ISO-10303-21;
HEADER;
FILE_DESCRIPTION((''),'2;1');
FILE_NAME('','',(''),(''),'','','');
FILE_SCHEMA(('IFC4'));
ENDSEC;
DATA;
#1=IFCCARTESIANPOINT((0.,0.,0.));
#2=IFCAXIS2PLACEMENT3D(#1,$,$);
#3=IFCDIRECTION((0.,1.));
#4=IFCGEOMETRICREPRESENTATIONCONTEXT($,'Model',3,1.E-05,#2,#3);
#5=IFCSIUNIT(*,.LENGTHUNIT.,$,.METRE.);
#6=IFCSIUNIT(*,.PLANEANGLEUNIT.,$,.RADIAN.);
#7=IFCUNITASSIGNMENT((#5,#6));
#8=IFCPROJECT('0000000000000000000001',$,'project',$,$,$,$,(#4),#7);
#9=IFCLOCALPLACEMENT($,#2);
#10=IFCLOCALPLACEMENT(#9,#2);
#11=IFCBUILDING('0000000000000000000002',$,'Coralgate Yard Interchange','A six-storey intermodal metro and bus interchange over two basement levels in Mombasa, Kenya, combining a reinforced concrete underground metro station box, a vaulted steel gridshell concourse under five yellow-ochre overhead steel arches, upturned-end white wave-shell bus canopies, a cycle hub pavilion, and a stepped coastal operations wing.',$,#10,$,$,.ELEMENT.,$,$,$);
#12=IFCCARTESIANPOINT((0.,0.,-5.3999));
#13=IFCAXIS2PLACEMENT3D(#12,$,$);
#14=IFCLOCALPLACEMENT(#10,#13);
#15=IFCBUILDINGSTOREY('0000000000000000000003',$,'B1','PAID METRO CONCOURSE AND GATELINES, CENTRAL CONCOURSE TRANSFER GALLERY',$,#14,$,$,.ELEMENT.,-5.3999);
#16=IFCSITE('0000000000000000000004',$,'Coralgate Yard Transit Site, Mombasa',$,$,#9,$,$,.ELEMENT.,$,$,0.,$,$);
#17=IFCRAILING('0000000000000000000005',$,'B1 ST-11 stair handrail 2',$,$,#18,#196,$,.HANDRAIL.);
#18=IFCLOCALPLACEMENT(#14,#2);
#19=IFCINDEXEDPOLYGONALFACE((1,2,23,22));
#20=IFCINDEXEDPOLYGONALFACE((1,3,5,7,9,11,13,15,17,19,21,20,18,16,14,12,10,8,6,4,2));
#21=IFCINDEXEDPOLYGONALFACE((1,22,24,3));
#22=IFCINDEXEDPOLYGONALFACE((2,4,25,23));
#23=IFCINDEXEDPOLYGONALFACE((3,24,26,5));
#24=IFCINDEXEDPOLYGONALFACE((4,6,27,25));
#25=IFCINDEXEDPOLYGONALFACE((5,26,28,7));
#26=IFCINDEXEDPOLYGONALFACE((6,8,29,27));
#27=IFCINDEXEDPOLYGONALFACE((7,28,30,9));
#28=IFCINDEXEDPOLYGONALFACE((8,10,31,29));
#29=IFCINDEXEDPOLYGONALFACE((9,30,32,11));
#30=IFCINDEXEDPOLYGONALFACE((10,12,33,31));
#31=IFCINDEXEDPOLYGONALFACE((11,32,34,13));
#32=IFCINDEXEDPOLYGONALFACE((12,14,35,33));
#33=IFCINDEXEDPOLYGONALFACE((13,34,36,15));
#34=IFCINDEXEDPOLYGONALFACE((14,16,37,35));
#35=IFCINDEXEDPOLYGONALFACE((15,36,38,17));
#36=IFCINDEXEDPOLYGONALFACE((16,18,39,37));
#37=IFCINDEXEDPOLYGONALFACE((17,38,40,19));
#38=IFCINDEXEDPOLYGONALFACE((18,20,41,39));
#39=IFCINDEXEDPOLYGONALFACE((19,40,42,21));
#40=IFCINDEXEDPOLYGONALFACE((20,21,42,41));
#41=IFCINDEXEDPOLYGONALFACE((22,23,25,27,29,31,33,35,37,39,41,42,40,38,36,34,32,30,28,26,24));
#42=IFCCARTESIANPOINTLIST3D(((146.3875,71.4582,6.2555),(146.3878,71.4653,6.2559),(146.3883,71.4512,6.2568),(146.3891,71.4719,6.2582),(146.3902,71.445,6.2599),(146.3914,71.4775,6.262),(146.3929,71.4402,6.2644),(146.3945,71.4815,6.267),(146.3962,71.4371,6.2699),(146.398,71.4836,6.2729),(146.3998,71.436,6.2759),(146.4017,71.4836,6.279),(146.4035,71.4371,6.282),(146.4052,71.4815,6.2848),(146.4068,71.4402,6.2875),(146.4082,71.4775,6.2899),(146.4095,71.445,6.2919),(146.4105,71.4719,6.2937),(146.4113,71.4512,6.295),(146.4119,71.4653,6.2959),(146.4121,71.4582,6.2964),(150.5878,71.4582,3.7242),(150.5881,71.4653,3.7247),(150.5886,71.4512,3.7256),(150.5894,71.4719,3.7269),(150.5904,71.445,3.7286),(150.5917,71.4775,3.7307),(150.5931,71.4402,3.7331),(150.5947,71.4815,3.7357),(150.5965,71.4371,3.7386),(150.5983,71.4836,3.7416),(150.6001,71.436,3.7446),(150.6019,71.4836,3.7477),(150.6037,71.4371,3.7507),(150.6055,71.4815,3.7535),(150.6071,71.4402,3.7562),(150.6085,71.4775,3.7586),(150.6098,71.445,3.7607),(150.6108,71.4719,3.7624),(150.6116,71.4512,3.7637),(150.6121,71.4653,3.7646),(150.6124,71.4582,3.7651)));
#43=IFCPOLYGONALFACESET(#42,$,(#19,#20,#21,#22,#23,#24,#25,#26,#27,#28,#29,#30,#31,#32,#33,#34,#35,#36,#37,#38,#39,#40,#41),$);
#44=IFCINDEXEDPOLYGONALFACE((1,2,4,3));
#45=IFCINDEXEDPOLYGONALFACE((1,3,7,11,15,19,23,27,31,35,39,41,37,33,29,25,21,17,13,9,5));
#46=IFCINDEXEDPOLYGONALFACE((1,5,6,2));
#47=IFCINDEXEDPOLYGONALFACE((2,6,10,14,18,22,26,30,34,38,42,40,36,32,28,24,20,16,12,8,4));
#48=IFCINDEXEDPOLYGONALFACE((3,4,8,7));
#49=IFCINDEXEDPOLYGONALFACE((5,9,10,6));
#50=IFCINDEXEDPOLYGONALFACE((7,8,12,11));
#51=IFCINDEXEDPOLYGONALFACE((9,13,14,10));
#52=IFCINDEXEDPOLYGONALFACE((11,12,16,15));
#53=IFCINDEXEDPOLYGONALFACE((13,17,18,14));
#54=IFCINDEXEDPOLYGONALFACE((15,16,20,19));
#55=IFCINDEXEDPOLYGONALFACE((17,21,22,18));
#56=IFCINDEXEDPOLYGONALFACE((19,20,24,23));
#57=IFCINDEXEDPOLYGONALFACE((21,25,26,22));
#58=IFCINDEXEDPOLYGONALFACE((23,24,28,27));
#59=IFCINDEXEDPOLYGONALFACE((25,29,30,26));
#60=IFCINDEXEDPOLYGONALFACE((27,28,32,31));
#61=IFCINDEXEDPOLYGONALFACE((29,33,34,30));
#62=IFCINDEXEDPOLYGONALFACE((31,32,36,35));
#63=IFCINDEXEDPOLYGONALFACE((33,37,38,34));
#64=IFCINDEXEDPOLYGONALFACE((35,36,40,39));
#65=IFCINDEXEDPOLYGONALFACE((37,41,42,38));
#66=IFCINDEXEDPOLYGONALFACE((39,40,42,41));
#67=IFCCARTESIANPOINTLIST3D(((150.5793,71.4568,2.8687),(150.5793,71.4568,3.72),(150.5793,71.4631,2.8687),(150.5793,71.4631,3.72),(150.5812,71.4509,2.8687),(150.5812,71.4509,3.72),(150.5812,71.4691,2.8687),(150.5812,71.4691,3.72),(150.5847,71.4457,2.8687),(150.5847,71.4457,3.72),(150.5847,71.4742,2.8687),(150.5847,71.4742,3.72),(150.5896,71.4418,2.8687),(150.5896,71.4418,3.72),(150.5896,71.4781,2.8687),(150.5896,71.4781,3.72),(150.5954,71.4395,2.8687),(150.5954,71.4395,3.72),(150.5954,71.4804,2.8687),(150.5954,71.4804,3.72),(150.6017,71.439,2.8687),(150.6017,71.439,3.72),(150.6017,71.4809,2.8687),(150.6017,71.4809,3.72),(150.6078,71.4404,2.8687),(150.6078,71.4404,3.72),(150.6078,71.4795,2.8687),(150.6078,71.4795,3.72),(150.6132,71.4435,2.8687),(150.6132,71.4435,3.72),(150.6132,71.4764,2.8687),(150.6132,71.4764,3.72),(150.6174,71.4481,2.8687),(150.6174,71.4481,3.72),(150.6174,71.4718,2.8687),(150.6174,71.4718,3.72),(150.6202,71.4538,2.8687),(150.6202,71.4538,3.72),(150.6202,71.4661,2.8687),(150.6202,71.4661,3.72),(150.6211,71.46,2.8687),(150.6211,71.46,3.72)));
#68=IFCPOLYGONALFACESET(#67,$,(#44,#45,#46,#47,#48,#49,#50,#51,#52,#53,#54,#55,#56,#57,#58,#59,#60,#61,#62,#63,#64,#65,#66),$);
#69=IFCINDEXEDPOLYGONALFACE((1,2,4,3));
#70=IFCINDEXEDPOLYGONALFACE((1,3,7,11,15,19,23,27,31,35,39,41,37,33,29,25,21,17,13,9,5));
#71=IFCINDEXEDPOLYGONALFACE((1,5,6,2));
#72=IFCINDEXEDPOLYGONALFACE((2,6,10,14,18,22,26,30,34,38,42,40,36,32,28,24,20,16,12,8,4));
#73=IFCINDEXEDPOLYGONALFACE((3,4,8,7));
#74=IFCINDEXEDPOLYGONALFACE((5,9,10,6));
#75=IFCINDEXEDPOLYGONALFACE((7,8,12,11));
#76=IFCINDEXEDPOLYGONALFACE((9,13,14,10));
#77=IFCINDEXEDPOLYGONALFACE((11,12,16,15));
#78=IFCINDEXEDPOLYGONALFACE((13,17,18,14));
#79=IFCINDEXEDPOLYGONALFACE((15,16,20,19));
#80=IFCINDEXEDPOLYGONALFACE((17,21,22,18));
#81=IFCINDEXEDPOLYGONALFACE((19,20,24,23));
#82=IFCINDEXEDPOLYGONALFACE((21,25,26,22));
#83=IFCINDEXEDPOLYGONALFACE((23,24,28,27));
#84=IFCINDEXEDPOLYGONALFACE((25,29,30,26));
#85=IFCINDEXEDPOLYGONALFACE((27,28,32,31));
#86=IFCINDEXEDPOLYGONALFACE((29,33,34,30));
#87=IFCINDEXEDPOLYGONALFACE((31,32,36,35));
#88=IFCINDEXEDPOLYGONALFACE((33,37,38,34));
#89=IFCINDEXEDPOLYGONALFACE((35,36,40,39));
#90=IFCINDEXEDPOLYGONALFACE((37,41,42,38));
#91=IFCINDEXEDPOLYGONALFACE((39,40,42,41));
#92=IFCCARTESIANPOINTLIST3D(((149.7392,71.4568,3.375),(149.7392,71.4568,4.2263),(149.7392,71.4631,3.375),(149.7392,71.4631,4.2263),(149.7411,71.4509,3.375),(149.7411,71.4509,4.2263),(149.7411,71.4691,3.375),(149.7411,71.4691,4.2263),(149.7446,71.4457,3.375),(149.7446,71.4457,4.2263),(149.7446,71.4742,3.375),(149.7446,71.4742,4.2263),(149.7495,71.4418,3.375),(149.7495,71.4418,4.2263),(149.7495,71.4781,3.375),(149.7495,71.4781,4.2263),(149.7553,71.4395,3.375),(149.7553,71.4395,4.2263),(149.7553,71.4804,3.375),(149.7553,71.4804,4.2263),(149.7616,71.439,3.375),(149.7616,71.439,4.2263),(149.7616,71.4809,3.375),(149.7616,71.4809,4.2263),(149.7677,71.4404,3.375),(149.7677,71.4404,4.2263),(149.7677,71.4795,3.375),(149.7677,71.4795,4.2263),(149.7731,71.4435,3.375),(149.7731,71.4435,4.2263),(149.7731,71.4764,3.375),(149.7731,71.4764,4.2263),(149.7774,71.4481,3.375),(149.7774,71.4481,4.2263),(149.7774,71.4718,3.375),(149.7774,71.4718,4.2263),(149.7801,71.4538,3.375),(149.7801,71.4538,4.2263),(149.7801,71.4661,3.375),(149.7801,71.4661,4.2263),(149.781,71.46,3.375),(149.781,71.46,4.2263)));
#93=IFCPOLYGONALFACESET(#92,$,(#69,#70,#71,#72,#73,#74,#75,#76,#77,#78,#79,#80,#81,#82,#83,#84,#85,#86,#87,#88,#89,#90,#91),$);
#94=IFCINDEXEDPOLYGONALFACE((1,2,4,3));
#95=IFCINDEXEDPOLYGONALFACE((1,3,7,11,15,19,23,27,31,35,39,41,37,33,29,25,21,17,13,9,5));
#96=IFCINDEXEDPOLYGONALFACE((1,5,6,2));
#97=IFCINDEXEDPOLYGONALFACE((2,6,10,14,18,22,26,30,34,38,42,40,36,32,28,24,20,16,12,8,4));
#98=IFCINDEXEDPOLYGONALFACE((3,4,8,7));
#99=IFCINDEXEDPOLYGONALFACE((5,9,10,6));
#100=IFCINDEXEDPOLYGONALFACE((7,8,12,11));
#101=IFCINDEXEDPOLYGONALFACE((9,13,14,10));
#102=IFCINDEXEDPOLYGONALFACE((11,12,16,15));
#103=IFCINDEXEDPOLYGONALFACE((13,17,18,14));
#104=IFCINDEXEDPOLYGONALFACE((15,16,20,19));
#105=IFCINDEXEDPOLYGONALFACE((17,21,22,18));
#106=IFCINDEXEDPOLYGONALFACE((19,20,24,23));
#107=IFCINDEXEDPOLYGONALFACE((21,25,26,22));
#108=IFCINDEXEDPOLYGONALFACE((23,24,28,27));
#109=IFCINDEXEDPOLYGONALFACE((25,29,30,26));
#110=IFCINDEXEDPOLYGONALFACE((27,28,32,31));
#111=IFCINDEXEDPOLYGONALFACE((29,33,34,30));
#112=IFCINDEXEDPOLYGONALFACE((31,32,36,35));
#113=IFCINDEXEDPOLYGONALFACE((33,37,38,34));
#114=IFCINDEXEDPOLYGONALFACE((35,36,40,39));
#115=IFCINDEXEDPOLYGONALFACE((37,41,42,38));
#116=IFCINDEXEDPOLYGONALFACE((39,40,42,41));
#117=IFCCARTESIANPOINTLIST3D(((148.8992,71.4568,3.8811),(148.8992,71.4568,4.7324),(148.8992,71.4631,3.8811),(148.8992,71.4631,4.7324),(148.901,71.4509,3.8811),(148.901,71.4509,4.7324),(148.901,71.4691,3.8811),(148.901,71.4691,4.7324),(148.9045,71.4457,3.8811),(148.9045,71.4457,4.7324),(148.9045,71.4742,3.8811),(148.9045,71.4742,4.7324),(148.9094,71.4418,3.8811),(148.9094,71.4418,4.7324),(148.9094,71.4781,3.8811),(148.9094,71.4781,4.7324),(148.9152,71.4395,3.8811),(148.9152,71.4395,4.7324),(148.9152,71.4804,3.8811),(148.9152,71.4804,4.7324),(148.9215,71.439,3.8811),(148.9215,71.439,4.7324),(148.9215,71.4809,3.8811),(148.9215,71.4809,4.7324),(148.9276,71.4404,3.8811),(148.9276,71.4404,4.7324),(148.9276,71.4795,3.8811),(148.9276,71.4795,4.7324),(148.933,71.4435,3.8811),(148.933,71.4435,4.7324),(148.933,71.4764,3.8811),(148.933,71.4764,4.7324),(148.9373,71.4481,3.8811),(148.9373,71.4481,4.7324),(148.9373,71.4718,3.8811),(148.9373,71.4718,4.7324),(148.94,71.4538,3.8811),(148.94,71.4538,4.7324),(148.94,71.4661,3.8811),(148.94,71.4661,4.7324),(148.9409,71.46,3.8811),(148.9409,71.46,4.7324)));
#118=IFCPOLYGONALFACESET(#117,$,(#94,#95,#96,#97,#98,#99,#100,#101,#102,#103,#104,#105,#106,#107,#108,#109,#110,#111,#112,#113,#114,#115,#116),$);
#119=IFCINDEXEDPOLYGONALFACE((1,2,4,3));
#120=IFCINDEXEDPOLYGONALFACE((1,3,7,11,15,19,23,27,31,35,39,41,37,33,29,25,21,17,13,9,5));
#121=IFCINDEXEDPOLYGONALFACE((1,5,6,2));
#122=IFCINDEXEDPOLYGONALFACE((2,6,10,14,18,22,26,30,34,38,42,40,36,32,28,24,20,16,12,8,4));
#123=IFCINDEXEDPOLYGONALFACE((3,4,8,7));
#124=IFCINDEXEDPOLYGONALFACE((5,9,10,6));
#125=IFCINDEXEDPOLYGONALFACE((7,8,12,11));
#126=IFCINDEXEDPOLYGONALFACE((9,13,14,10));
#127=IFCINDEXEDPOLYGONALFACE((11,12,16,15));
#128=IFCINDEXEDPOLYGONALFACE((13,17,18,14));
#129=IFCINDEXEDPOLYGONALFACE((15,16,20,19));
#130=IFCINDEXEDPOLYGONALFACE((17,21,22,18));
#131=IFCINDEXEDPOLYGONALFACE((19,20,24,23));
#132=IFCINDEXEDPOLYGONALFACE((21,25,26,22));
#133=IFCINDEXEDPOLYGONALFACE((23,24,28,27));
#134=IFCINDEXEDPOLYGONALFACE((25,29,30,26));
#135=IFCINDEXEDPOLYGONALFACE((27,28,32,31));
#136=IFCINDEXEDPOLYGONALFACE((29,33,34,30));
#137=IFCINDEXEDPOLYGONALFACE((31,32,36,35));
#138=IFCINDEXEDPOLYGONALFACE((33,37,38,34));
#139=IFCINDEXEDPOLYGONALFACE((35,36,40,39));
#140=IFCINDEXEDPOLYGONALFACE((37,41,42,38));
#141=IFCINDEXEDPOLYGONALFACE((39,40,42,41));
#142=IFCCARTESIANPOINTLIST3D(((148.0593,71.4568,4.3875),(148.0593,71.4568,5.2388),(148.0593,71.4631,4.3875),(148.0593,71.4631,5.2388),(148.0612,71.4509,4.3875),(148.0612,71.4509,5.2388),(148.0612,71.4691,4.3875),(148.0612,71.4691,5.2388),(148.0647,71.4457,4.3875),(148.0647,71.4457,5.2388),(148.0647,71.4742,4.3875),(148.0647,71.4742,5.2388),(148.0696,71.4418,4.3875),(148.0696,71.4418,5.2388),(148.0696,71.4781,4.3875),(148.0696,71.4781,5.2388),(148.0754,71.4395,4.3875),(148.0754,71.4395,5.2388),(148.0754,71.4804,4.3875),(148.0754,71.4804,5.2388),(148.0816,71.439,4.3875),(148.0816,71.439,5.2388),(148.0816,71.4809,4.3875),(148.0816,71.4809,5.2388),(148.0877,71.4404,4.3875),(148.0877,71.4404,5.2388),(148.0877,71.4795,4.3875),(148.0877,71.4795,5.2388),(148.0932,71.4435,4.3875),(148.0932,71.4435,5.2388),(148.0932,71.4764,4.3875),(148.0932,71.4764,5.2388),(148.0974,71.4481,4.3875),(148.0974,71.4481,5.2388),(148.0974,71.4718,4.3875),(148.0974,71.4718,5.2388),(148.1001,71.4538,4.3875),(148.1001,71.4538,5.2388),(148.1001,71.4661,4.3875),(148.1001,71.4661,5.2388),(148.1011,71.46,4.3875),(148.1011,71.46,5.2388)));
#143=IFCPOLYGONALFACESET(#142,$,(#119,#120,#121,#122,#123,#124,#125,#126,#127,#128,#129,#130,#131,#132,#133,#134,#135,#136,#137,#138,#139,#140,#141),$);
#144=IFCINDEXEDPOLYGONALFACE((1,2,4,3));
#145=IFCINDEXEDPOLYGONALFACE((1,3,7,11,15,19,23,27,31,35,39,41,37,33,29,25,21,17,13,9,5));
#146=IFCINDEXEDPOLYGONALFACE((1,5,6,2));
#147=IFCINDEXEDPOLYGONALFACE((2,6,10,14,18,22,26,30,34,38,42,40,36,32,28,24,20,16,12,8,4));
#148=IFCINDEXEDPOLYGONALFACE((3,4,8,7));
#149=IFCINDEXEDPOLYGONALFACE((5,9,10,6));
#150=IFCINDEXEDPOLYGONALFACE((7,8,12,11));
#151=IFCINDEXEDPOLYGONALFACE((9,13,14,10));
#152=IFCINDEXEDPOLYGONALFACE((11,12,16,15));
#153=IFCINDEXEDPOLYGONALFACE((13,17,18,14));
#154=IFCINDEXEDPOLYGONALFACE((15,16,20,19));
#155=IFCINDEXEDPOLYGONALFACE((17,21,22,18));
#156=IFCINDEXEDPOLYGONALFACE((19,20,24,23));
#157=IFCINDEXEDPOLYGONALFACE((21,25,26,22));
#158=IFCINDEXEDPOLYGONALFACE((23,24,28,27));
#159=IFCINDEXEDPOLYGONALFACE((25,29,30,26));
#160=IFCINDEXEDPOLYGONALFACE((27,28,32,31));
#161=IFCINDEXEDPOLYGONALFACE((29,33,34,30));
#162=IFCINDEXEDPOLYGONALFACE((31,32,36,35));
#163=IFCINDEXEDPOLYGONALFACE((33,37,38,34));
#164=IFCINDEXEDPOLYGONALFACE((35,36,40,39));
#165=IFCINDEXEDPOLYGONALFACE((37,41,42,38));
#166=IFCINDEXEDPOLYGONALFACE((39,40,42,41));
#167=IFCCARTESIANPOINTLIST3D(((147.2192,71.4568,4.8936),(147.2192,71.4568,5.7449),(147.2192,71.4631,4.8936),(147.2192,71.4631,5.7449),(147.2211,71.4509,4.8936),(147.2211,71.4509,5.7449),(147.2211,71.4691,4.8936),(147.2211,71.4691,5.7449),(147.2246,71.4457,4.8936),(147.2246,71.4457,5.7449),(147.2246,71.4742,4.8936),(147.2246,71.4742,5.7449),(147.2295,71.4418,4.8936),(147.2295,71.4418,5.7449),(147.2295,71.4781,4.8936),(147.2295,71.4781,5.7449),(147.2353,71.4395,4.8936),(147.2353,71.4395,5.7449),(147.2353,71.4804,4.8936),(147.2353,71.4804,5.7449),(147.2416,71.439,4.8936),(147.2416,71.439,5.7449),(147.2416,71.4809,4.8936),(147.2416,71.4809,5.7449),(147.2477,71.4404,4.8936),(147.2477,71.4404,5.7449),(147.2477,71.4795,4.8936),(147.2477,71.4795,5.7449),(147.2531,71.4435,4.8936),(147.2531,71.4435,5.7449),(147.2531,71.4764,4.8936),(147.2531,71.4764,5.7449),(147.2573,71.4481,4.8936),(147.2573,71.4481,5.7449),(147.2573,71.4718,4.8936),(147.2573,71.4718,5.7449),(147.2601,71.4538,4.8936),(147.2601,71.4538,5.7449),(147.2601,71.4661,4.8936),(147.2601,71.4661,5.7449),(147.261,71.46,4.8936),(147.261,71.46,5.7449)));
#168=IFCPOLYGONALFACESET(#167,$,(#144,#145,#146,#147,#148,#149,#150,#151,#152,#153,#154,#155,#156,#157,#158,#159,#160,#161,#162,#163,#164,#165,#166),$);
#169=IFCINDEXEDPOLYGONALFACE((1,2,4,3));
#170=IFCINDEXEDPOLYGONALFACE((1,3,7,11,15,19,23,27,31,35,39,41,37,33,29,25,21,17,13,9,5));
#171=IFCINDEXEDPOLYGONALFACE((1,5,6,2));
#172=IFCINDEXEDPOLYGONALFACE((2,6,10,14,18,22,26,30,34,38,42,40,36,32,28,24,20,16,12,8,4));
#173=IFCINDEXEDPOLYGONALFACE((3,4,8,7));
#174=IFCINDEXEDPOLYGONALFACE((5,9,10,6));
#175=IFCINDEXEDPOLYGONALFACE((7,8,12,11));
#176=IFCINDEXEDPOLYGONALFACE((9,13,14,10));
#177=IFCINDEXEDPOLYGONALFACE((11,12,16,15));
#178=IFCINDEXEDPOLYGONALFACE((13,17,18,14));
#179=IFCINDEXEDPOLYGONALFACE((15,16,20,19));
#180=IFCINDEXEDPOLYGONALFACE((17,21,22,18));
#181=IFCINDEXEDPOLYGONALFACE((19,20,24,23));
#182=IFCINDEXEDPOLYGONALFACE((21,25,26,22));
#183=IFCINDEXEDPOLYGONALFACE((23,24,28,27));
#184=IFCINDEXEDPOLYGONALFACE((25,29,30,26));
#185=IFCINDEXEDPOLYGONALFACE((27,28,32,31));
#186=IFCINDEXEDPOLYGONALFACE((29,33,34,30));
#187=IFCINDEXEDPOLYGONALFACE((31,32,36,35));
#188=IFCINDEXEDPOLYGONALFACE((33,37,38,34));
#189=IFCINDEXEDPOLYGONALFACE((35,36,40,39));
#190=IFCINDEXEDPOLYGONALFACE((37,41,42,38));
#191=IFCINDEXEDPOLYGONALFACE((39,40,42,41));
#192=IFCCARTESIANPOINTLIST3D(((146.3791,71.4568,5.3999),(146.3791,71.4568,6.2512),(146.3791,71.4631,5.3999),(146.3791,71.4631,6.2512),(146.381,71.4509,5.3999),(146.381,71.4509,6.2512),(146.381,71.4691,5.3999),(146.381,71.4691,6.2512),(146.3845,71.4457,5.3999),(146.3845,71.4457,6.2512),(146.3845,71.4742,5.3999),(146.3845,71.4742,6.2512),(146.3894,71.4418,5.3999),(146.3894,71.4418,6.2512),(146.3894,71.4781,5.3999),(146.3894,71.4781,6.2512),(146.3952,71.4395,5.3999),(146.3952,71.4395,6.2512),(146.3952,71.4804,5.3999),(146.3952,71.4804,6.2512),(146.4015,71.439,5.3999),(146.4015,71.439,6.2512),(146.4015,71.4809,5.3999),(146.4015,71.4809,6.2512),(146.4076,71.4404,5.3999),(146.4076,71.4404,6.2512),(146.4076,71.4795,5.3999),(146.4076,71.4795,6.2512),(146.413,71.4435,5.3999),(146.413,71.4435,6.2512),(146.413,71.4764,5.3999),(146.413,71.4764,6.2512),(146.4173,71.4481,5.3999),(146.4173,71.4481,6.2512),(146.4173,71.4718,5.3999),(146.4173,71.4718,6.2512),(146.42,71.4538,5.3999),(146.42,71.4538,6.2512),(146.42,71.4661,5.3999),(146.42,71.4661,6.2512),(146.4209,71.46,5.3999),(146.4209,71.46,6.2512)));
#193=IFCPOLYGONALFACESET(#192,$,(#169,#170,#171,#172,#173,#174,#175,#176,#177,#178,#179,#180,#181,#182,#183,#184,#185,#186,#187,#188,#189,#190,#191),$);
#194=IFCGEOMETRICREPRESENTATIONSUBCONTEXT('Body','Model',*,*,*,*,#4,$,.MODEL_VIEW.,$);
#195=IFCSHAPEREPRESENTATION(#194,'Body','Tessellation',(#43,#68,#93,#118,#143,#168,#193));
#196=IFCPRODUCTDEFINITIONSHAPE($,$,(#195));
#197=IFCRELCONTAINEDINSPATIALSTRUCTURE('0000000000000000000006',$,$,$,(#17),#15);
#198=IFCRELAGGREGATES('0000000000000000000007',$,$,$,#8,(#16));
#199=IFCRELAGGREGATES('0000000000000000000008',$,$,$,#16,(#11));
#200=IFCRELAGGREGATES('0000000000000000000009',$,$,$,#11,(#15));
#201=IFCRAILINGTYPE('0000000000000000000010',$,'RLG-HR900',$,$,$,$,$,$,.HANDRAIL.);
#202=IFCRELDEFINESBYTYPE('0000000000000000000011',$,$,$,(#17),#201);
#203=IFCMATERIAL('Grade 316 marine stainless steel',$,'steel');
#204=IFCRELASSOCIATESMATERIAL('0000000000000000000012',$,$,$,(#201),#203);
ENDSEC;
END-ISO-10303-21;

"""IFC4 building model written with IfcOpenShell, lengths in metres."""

from ifc_helpers import new_model, si_unit, direction, frame, origin, origin_2d, place, context, subcontext, project, spatial, circle, extrude, material, type_object, element, save


model = new_model("IFC4")

# Units and contexts
model_context = context("Model", 3, precision=1e-05, world=origin(), true_north=direction((0.0, 1.0)))
body_context = subcontext(model_context, "Body", "Model", "MODEL_VIEW")
ifc_project = project(units=[si_unit("LENGTHUNIT", "METRE"), si_unit("PLANEANGLEUNIT", "RADIAN")], contexts=[model_context])

# Site, building, storey
site_placement = place(None, origin())
site = spatial("IfcSite", under=ifc_project, at=site_placement, Name="Coralgate Yard Transit Site, Mombasa", CompositionType="ELEMENT", RefElevation=0.0)
building_placement = place(site_placement, origin())
building = spatial("IfcBuilding", under=site, at=building_placement, Name="Coralgate Yard Interchange", Description="A six-storey intermodal metro and bus interchange over two basement levels in Mombasa, Kenya, combining a reinforced concrete underground metro station box, a vaulted steel gridshell concourse under five yellow-ochre overhead steel arches, upturned-end white wave-shell bus canopies, a cycle hub pavilion, and a stepped coastal operations wing.", CompositionType="ELEMENT")
storey_placement = place(building_placement, frame((0.0, 0.0, -5.3999)))
storey = spatial("IfcBuildingStorey", under=building, at=storey_placement, Name="B1", Description="PAID METRO CONCOURSE AND GATELINES, CENTRAL CONCOURSE TRANSFER GALLERY", CompositionType="ELEMENT", Elevation=-5.3999)

# Railing
ifc_material_1 = material(Name="Grade 316 marine stainless steel", Category="steel")
railing_type_1 = type_object("IfcRailingType", Name="RLG-HR900", PredefinedType="HANDRAIL", material=ifc_material_1)
railing_1_placement = place(storey_placement, frame((150.6001, 71.46, 2.8687)))
element("IfcRailing", 1, at=railing_1_placement, inside=storey, type_object=railing_type_1, Name="B1 ST-11 stair handrail 2", PredefinedType="HANDRAIL", context=body_context, shape_type="SweptSolid", body=[
    extrude(circle(Radius=0.0239, at=origin_2d()), frame((0.0, 0.0, 0.876), z_axis=(-0.85649, 0.0, 0.516164), x_axis=(0.0, -1.0, 0.0)), (0.0, 0.0, 1.0), 4.9041),
    extrude(circle(Radius=0.021, at=origin_2d()), origin(), (0.0, 0.0, 1.0), 0.8513),
    extrude(circle(Radius=0.021, at=origin_2d()), frame((-0.8401, 0.0, 0.5063)), (0.0, 0.0, 1.0), 0.8513),
    extrude(circle(Radius=0.021, at=origin_2d()), frame((-1.6802, 0.0, 1.0125)), (0.0, 0.0, 1.0), 0.8513),
    extrude(circle(Radius=0.021, at=origin_2d()), frame((-2.52, 0.0, 1.5188)), (0.0, 0.0, 1.0), 0.8513),
    extrude(circle(Radius=0.021, at=origin_2d()), frame((-3.3601, 0.0, 2.0249)), (0.0, 0.0, 1.0), 0.8513),
    extrude(circle(Radius=0.021, at=origin_2d()), frame((-4.2002, 0.0, 2.5312)), (0.0, 0.0, 1.0), 0.8513),
])

save(model, "model.ifc")
